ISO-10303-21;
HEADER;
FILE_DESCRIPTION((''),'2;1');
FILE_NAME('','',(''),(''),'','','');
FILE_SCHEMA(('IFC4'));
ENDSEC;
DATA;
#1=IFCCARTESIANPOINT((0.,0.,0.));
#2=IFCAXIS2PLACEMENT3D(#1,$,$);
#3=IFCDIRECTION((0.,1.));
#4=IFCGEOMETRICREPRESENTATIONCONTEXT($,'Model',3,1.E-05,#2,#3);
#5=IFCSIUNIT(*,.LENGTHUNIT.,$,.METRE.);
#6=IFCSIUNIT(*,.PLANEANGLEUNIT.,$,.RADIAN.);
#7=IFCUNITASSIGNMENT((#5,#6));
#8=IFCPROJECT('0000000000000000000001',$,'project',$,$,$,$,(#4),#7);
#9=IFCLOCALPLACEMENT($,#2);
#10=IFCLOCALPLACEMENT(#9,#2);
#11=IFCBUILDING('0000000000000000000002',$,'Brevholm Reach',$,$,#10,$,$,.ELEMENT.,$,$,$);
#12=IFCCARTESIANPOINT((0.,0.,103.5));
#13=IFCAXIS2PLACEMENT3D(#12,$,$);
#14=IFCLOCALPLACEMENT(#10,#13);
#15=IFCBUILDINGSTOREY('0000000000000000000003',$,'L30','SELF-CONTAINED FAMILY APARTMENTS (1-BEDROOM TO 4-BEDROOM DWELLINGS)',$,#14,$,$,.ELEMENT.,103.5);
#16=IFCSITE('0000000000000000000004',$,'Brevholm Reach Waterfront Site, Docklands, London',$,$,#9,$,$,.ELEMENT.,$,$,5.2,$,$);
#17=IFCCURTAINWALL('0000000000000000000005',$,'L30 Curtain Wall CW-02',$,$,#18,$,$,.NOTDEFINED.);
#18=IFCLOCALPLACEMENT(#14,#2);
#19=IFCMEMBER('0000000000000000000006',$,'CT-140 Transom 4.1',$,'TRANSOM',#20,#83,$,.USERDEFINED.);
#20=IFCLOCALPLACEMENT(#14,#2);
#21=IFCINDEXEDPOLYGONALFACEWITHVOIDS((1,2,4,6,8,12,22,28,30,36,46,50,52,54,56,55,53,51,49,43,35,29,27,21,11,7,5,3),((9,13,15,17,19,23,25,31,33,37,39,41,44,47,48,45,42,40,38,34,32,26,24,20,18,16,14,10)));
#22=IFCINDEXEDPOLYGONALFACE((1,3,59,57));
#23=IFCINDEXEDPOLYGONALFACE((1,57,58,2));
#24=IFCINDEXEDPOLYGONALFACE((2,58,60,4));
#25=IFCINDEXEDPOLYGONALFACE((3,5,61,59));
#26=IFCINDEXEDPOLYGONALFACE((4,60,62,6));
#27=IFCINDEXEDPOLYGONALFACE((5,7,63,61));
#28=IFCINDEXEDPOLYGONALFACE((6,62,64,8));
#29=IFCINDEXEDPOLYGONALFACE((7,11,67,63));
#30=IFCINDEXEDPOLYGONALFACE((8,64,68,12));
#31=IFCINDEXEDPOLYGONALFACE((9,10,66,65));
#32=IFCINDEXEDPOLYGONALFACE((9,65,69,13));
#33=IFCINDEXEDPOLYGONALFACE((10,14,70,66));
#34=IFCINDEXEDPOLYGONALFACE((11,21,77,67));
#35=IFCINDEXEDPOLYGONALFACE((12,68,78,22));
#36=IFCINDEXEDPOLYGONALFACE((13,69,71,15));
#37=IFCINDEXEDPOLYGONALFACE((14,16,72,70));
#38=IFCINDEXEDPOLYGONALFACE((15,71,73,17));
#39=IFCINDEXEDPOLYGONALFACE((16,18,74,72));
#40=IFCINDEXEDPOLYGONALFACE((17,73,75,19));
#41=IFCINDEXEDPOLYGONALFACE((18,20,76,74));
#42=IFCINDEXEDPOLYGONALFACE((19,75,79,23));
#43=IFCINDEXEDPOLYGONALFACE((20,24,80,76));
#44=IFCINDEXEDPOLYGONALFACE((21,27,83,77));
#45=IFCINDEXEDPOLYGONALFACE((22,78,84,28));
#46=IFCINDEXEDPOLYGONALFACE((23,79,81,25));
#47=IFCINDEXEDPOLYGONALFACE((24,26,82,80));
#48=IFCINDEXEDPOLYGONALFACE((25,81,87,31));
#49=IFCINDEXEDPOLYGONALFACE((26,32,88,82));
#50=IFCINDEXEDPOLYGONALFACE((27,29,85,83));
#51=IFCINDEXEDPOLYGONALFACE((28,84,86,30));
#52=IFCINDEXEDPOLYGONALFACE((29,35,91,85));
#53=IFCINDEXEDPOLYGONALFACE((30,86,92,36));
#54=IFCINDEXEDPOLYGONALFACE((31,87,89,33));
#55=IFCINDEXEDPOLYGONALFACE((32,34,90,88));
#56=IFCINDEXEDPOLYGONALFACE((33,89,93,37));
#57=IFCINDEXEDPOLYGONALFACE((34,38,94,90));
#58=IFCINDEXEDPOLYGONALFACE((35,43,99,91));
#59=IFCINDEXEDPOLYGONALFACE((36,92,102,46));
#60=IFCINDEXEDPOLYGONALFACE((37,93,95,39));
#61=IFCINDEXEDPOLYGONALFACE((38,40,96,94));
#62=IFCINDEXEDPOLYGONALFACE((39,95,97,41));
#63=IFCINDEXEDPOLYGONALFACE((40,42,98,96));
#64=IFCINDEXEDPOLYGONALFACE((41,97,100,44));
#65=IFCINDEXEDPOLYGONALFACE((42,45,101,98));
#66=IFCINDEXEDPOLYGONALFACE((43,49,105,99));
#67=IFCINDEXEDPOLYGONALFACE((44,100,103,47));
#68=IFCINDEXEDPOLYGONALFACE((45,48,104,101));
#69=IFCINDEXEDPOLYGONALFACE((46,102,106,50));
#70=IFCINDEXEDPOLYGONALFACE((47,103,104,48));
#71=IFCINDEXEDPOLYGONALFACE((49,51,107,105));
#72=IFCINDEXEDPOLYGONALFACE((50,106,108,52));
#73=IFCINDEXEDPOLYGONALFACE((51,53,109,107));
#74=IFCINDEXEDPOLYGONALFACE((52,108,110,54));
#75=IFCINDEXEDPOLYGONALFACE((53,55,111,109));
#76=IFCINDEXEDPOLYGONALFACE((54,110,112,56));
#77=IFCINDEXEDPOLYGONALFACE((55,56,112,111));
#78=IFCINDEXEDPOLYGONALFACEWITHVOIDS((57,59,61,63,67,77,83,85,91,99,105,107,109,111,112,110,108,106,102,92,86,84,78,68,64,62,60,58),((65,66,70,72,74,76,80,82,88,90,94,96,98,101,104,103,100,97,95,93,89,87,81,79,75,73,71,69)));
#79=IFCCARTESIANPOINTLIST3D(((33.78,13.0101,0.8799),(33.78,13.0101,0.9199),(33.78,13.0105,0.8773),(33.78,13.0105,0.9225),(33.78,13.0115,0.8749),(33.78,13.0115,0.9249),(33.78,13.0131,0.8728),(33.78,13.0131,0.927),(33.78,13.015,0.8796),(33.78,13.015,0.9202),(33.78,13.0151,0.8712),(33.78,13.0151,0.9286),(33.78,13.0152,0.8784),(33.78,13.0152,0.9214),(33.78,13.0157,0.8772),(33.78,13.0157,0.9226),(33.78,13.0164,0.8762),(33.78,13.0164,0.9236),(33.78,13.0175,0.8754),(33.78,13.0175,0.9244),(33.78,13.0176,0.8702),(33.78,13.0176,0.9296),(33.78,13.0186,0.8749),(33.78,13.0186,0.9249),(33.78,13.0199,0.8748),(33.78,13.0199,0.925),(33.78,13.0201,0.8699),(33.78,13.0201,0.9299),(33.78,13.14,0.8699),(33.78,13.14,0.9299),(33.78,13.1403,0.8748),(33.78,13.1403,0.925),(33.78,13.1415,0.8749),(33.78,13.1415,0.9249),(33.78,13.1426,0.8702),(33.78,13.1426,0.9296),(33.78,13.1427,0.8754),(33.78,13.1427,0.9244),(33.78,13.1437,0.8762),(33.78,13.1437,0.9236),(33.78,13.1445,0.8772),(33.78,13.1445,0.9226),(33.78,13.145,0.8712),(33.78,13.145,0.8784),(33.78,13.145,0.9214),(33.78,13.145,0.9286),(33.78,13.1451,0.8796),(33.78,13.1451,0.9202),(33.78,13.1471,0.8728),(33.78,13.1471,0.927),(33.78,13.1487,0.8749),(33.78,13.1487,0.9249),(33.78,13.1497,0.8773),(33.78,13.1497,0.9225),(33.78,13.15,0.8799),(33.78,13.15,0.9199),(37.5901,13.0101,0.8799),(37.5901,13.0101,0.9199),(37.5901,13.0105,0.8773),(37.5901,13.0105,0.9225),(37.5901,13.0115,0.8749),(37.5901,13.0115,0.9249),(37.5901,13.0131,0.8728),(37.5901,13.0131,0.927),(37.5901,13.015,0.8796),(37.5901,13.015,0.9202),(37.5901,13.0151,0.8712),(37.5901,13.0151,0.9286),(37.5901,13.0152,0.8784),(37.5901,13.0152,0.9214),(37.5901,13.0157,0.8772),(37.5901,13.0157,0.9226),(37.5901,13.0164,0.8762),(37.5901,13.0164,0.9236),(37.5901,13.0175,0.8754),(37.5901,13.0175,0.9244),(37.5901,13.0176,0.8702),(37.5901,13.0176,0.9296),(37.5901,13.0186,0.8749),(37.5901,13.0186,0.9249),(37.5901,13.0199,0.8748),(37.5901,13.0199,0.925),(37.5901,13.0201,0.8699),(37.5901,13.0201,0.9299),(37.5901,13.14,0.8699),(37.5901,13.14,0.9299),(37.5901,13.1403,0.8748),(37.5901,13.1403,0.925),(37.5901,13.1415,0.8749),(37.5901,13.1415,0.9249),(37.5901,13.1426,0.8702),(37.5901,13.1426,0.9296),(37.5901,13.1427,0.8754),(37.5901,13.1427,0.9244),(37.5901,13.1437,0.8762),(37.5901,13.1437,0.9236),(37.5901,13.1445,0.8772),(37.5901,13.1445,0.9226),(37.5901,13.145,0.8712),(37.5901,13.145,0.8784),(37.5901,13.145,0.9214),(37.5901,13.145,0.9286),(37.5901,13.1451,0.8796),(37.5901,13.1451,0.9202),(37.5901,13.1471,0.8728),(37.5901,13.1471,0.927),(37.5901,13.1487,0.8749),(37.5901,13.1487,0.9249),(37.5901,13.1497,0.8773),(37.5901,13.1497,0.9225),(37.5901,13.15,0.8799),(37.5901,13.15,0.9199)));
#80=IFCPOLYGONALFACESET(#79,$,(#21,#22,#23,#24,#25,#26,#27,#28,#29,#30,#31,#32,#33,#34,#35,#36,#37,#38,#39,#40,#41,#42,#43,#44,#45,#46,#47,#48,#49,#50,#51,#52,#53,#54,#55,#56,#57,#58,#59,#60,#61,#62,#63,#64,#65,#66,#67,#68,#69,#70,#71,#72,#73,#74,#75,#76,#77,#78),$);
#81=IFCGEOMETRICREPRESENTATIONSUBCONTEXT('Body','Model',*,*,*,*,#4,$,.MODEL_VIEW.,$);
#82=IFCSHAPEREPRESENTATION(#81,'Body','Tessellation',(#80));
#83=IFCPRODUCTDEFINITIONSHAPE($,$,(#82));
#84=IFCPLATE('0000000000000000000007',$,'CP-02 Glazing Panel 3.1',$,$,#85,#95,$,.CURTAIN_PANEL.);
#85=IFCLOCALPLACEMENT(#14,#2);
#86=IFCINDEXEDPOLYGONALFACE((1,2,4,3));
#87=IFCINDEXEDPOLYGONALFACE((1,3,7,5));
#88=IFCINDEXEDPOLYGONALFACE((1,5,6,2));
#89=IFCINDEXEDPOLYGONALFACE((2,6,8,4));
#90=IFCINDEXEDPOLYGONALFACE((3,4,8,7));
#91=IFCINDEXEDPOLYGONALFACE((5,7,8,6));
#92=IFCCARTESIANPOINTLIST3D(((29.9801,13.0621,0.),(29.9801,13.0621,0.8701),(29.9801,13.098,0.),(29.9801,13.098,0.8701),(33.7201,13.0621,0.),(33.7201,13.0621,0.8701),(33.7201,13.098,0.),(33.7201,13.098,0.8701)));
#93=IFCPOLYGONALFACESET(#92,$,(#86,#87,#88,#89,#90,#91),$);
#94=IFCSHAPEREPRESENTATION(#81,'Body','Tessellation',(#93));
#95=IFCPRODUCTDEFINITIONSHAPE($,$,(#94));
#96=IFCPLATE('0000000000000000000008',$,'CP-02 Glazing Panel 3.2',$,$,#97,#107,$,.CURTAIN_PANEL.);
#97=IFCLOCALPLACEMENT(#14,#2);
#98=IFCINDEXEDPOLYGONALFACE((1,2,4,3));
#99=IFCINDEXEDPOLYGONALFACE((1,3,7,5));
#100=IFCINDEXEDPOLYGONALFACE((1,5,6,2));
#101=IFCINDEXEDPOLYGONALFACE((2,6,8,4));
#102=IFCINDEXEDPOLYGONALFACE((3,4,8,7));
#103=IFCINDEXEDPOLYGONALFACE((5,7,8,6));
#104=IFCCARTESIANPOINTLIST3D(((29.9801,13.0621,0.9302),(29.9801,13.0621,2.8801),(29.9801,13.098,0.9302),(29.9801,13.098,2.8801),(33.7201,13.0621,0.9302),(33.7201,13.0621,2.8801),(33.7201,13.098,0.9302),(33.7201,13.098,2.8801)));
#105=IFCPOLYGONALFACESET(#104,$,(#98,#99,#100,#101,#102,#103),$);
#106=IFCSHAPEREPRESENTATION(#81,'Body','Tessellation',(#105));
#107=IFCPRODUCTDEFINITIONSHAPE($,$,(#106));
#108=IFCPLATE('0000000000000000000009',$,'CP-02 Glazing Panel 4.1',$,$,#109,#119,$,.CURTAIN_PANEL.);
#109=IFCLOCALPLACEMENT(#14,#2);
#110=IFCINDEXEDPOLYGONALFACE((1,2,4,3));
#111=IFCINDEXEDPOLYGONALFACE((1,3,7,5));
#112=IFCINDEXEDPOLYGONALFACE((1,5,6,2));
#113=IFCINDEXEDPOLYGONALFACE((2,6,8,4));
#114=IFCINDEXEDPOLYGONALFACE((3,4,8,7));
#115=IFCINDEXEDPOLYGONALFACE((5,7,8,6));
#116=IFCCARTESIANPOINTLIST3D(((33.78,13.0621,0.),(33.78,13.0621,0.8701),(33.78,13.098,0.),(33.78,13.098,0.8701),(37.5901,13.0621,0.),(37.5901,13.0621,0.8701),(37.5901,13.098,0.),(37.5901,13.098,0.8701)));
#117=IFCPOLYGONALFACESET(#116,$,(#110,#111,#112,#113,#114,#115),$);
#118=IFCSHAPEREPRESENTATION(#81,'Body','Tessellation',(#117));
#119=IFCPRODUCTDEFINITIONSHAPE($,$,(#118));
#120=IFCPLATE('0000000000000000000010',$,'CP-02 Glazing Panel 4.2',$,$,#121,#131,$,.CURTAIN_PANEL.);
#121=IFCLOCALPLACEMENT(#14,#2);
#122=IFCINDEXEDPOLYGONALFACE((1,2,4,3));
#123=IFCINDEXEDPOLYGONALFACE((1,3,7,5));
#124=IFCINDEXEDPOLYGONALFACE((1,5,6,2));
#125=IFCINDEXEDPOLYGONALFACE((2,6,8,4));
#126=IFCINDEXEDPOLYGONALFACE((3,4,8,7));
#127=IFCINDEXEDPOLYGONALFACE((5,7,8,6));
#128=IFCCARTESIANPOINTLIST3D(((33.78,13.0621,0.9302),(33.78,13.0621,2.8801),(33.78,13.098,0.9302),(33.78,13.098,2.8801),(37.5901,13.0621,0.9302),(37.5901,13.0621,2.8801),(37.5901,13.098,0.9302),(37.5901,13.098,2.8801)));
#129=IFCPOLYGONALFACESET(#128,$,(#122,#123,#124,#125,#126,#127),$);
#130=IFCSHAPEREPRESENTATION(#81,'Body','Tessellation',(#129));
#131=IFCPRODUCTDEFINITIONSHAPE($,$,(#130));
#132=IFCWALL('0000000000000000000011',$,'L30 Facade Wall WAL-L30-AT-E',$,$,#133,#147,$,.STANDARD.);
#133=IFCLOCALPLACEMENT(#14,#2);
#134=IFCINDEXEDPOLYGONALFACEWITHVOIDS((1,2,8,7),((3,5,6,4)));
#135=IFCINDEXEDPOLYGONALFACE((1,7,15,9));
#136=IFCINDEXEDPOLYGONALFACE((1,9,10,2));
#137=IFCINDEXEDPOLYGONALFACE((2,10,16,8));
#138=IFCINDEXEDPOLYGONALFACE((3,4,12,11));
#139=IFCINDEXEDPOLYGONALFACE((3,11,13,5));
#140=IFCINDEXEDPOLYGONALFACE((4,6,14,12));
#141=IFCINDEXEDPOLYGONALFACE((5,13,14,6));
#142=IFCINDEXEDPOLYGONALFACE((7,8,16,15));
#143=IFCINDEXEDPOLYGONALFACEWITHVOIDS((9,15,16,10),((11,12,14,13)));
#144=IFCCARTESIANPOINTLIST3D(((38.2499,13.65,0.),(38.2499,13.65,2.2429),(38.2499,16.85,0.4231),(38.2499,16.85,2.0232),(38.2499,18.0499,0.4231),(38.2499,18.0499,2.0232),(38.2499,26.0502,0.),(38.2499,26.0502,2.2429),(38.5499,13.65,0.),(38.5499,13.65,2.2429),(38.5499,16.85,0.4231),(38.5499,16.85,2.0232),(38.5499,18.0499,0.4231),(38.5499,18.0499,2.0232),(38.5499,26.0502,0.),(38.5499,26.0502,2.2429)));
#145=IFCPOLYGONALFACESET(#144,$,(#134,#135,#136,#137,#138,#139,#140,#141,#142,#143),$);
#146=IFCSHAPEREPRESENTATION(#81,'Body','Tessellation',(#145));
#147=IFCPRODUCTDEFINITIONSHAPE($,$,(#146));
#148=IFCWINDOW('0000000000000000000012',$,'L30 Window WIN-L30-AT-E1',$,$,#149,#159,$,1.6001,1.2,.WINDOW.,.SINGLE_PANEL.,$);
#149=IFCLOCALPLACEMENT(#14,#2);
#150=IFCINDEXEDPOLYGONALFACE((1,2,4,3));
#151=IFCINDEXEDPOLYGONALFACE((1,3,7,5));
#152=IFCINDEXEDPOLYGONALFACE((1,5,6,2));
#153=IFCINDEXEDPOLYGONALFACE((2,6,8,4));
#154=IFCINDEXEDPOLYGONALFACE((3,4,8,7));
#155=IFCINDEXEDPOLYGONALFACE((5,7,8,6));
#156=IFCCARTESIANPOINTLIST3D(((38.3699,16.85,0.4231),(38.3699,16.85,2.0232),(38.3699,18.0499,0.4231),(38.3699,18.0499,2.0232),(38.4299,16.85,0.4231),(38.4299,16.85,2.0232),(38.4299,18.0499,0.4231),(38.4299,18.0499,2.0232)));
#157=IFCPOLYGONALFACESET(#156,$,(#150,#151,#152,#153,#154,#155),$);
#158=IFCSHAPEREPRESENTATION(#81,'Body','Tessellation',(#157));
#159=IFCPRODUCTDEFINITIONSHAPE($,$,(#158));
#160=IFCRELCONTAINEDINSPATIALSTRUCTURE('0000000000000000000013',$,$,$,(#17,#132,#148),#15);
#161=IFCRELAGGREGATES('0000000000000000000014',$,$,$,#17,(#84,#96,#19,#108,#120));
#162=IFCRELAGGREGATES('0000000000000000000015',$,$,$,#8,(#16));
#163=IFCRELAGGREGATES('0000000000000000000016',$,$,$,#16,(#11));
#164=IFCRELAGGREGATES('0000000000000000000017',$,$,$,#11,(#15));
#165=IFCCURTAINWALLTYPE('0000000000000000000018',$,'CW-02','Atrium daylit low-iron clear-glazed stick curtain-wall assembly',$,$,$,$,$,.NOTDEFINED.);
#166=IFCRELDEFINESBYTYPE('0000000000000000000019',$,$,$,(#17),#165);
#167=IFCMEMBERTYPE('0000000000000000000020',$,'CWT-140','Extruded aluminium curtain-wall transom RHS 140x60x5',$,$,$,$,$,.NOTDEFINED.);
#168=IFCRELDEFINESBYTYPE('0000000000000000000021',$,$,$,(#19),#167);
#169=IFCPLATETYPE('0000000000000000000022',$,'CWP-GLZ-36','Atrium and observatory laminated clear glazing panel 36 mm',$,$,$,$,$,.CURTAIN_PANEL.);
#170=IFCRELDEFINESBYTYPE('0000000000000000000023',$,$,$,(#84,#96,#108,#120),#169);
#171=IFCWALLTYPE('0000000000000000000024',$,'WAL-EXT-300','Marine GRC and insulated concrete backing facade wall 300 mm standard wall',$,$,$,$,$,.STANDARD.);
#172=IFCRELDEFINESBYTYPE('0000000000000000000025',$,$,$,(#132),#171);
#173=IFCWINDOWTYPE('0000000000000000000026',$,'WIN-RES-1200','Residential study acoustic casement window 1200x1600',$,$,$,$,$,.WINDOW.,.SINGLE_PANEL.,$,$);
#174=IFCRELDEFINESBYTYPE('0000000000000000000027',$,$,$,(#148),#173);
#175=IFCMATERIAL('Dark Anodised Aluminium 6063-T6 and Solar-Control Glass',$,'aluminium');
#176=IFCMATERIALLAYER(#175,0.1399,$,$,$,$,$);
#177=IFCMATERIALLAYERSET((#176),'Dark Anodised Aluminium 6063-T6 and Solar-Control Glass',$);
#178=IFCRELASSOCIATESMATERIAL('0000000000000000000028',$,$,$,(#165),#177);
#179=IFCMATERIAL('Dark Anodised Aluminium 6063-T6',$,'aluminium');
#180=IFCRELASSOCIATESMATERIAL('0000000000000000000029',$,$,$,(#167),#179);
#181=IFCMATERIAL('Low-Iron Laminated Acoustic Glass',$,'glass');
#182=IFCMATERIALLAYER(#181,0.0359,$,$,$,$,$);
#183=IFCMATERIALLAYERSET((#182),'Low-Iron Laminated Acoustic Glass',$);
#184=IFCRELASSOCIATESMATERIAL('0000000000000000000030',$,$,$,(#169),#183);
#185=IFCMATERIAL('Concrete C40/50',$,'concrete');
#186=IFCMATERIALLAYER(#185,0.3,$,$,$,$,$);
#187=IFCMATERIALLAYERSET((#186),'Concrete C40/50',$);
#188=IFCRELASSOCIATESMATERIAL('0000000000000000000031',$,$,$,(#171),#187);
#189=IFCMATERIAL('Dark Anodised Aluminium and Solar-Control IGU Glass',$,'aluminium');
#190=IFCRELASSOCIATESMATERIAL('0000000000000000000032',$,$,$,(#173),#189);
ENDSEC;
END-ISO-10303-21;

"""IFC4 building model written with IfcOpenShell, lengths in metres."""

from ifc_helpers import new_model, si_unit, direction, frame, frame_2d, origin, origin_2d, place, context, subcontext, project, spatial, rectangle, hollow_rectangle, extrude, material, layer, layer_set, material_profile, profile_set, type_object, element, fill, aggregate, save


model = new_model("IFC4")

# Units and contexts
model_context = context("Model", 3, precision=1e-05, world=origin(), true_north=direction((0.0, 1.0)))
body_context = subcontext(model_context, "Body", "Model", "MODEL_VIEW")
ifc_project = project(units=[si_unit("LENGTHUNIT", "METRE"), si_unit("PLANEANGLEUNIT", "RADIAN")], contexts=[model_context])

# Site, building, storey
site_placement = place(None, origin())
site = spatial("IfcSite", under=ifc_project, at=site_placement, Name="Brevholm Reach Waterfront Site, Docklands, London", CompositionType="ELEMENT", RefElevation=5.2)
building_placement = place(site_placement, origin())
building = spatial("IfcBuilding", under=site, at=building_placement, Name="Brevholm Reach", CompositionType="ELEMENT")
storey_placement = place(building_placement, frame((0.0, 0.0, 103.5)))
storey = spatial("IfcBuildingStorey", under=building, at=storey_placement, Name="L30", Description="SELF-CONTAINED FAMILY APARTMENTS (1-BEDROOM TO 4-BEDROOM DWELLINGS)", CompositionType="ELEMENT", Elevation=103.5)

# Curtain wall, member, plates
ifc_material_1 = material(Name="Dark Anodised Aluminium 6063-T6 and Solar-Control Glass", Category="aluminium")
ifc_layer_1 = layer(ifc_material_1, 0.1399)
ifc_layer_set_1 = layer_set([ifc_layer_1], Name="Dark Anodised Aluminium 6063-T6 and Solar-Control Glass")
curtain_wall_type = type_object("IfcCurtainWallType", Name="CW-02", Description="Atrium daylit low-iron clear-glazed stick curtain-wall assembly", PredefinedType="NOTDEFINED", material=ifc_layer_set_1)
curtain_wall_placement = place(storey_placement, origin())
curtain_wall = element("IfcCurtainWall", 1, at=curtain_wall_placement, inside=storey, type_object=curtain_wall_type, Name="L30 Curtain Wall CW-02", PredefinedType="NOTDEFINED")
ifc_material_2 = material(Name="Dark Anodised Aluminium 6063-T6", Category="aluminium")
ifc_material_profile_1 = material_profile(ifc_material_2, hollow_rectangle(XDim=0.0601, YDim=0.1399, WallThickness=0.0049, InnerFilletRadius=0.0049, OuterFilletRadius=0.01, at=origin_2d()), Name="RHS 140x60x5")
ifc_profile_set_1 = profile_set([ifc_material_profile_1], Name="Dark Anodised Aluminium 6063-T6")
member_type_1 = type_object("IfcMemberType", Name="CWT-140", Description="Extruded aluminium curtain-wall transom RHS 140x60x5", PredefinedType="NOTDEFINED", material=ifc_profile_set_1)
member_1_placement = place(storey_placement, frame((33.78, 13.0801, 0.8999), z_axis=(1.0, 0.0, 0.0), x_axis=(0.0, 0.0, 1.0)))
member_1 = element("IfcMember", 2, at=member_1_placement, type_object=member_type_1, Name="CT-140 Transom 4.1", ObjectType="TRANSOM", PredefinedType="USERDEFINED", context=body_context, shape_type="SweptSolid", body=[
    extrude(hollow_rectangle(XDim=0.0601, YDim=0.1399, WallThickness=0.0049, InnerFilletRadius=0.0049, OuterFilletRadius=0.01, at=origin_2d()), origin(), (0.0, 0.0, 1.0), 3.8101),
])
ifc_material_3 = material(Name="Low-Iron Laminated Acoustic Glass", Category="glass")
ifc_layer_2 = layer(ifc_material_3, 0.0359)
ifc_layer_set_2 = layer_set([ifc_layer_2], Name="Low-Iron Laminated Acoustic Glass")
plate_type = type_object("IfcPlateType", Name="CWP-GLZ-36", Description="Atrium and observatory laminated clear glazing panel 36 mm", PredefinedType="CURTAIN_PANEL", material=ifc_layer_set_2)
plate_1_placement = place(storey_placement, frame((31.8501, 13.0801, 0.0), z_axis=(0.0, 0.0, 1.0), x_axis=(1.0, 0.0, 0.0)))
plate_1 = element("IfcPlate", 3, at=plate_1_placement, type_object=plate_type, Name="CP-02 Glazing Panel 3.1", PredefinedType="CURTAIN_PANEL", context=body_context, shape_type="SweptSolid", body=[
    extrude(rectangle(XDim=3.74, YDim=0.0359, at=origin_2d()), origin(), (0.0, 0.0, 1.0), 0.8701),
])
plate_2_placement = place(storey_placement, frame((31.8501, 13.0801, 0.9302), z_axis=(0.0, 0.0, 1.0), x_axis=(1.0, 0.0, 0.0)))
plate_2 = element("IfcPlate", 4, at=plate_2_placement, type_object=plate_type, Name="CP-02 Glazing Panel 3.2", PredefinedType="CURTAIN_PANEL", context=body_context, shape_type="SweptSolid", body=[
    extrude(rectangle(XDim=3.74, YDim=0.0359, at=origin_2d()), origin(), (0.0, 0.0, 1.0), 1.95),
])
plate_3_placement = place(storey_placement, frame((35.6851, 13.0801, 0.0), z_axis=(0.0, 0.0, 1.0), x_axis=(1.0, 0.0, 0.0)))
plate_3 = element("IfcPlate", 5, at=plate_3_placement, type_object=plate_type, Name="CP-02 Glazing Panel 4.1", PredefinedType="CURTAIN_PANEL", context=body_context, shape_type="SweptSolid", body=[
    extrude(rectangle(XDim=3.8101, YDim=0.0359, at=origin_2d()), origin(), (0.0, 0.0, 1.0), 0.8701),
])
plate_4_placement = place(storey_placement, frame((35.6851, 13.0801, 0.9302), z_axis=(0.0, 0.0, 1.0), x_axis=(1.0, 0.0, 0.0)))
plate_4 = element("IfcPlate", 6, at=plate_4_placement, type_object=plate_type, Name="CP-02 Glazing Panel 4.2", PredefinedType="CURTAIN_PANEL", context=body_context, shape_type="SweptSolid", body=[
    extrude(rectangle(XDim=3.8101, YDim=0.0359, at=origin_2d()), origin(), (0.0, 0.0, 1.0), 1.95),
])
aggregate(curtain_wall, [plate_1, plate_2, member_1, plate_3, plate_4])

# Wall, opening, window
ifc_material_4 = material(Name="Concrete C40/50", Category="concrete")
ifc_layer_3 = layer(ifc_material_4, 0.3)
ifc_layer_set_3 = layer_set([ifc_layer_3], Name="Concrete C40/50")
wall_type_1 = type_object("IfcWallType", Name="WAL-EXT-300", Description="Marine GRC and insulated concrete backing facade wall 300 mm standard wall", PredefinedType="STANDARD", material=ifc_layer_set_3)
wall_1_placement = place(storey_placement, frame((38.3999, 13.6499, 0.0), z_axis=(0.0, 0.0, 1.0), x_axis=(0.0, 1.0, 0.0)))
wall_1 = element("IfcWall", 7, at=wall_1_placement, inside=storey, type_object=wall_type_1, Name="L30 Facade Wall WAL-L30-AT-E", PredefinedType="STANDARD", context=body_context, shape_type="SweptSolid", body=[
    extrude(rectangle(XDim=12.4001, YDim=0.3, at=frame_2d((6.2002, 0.0))), origin(), (0.0, 0.0, 1.0), 2.2429),
])
opening_1_placement = place(wall_1_placement, frame((3.2, 0.0, 0.4231)))
opening_1 = element("IfcOpeningElement", 8, at=opening_1_placement, cuts=wall_1, PredefinedType="OPENING", context=body_context, shape_type="SweptSolid", body=[
    extrude(rectangle(XDim=1.2, YDim=1.6001, at=frame_2d((0.6001, 0.8))), frame((0.0, 0.1599, 0.0), z_axis=(0.0, -1.0, 0.0), x_axis=(1.0, 0.0, 0.0)), (0.0, 0.0, 1.0), 0.3201),
])
ifc_material_5 = material(Name="Dark Anodised Aluminium and Solar-Control IGU Glass", Category="aluminium")
window_type = type_object("IfcWindowType", Name="WIN-RES-1200", Description="Residential study acoustic casement window 1200x1600", PartitioningType="SINGLE_PANEL", PredefinedType="WINDOW", material=ifc_material_5)
window_placement = place(opening_1_placement, origin())
window = element("IfcWindow", 9, at=window_placement, inside=storey, type_object=window_type, Name="L30 Window WIN-L30-AT-E1", OverallHeight=1.6001, OverallWidth=1.2, PartitioningType="SINGLE_PANEL", PredefinedType="WINDOW", context=body_context, shape_type="SweptSolid", body=[
    extrude(rectangle(XDim=1.2, YDim=1.6001, at=frame_2d((0.6001, 0.8))), frame((0.0, 0.03, 0.0), z_axis=(0.0, -1.0, 0.0), x_axis=(1.0, 0.0, 0.0)), (0.0, 0.0, 1.0), 0.0601),
])
fill(opening_1, window)

save(model, "model.ifc")
